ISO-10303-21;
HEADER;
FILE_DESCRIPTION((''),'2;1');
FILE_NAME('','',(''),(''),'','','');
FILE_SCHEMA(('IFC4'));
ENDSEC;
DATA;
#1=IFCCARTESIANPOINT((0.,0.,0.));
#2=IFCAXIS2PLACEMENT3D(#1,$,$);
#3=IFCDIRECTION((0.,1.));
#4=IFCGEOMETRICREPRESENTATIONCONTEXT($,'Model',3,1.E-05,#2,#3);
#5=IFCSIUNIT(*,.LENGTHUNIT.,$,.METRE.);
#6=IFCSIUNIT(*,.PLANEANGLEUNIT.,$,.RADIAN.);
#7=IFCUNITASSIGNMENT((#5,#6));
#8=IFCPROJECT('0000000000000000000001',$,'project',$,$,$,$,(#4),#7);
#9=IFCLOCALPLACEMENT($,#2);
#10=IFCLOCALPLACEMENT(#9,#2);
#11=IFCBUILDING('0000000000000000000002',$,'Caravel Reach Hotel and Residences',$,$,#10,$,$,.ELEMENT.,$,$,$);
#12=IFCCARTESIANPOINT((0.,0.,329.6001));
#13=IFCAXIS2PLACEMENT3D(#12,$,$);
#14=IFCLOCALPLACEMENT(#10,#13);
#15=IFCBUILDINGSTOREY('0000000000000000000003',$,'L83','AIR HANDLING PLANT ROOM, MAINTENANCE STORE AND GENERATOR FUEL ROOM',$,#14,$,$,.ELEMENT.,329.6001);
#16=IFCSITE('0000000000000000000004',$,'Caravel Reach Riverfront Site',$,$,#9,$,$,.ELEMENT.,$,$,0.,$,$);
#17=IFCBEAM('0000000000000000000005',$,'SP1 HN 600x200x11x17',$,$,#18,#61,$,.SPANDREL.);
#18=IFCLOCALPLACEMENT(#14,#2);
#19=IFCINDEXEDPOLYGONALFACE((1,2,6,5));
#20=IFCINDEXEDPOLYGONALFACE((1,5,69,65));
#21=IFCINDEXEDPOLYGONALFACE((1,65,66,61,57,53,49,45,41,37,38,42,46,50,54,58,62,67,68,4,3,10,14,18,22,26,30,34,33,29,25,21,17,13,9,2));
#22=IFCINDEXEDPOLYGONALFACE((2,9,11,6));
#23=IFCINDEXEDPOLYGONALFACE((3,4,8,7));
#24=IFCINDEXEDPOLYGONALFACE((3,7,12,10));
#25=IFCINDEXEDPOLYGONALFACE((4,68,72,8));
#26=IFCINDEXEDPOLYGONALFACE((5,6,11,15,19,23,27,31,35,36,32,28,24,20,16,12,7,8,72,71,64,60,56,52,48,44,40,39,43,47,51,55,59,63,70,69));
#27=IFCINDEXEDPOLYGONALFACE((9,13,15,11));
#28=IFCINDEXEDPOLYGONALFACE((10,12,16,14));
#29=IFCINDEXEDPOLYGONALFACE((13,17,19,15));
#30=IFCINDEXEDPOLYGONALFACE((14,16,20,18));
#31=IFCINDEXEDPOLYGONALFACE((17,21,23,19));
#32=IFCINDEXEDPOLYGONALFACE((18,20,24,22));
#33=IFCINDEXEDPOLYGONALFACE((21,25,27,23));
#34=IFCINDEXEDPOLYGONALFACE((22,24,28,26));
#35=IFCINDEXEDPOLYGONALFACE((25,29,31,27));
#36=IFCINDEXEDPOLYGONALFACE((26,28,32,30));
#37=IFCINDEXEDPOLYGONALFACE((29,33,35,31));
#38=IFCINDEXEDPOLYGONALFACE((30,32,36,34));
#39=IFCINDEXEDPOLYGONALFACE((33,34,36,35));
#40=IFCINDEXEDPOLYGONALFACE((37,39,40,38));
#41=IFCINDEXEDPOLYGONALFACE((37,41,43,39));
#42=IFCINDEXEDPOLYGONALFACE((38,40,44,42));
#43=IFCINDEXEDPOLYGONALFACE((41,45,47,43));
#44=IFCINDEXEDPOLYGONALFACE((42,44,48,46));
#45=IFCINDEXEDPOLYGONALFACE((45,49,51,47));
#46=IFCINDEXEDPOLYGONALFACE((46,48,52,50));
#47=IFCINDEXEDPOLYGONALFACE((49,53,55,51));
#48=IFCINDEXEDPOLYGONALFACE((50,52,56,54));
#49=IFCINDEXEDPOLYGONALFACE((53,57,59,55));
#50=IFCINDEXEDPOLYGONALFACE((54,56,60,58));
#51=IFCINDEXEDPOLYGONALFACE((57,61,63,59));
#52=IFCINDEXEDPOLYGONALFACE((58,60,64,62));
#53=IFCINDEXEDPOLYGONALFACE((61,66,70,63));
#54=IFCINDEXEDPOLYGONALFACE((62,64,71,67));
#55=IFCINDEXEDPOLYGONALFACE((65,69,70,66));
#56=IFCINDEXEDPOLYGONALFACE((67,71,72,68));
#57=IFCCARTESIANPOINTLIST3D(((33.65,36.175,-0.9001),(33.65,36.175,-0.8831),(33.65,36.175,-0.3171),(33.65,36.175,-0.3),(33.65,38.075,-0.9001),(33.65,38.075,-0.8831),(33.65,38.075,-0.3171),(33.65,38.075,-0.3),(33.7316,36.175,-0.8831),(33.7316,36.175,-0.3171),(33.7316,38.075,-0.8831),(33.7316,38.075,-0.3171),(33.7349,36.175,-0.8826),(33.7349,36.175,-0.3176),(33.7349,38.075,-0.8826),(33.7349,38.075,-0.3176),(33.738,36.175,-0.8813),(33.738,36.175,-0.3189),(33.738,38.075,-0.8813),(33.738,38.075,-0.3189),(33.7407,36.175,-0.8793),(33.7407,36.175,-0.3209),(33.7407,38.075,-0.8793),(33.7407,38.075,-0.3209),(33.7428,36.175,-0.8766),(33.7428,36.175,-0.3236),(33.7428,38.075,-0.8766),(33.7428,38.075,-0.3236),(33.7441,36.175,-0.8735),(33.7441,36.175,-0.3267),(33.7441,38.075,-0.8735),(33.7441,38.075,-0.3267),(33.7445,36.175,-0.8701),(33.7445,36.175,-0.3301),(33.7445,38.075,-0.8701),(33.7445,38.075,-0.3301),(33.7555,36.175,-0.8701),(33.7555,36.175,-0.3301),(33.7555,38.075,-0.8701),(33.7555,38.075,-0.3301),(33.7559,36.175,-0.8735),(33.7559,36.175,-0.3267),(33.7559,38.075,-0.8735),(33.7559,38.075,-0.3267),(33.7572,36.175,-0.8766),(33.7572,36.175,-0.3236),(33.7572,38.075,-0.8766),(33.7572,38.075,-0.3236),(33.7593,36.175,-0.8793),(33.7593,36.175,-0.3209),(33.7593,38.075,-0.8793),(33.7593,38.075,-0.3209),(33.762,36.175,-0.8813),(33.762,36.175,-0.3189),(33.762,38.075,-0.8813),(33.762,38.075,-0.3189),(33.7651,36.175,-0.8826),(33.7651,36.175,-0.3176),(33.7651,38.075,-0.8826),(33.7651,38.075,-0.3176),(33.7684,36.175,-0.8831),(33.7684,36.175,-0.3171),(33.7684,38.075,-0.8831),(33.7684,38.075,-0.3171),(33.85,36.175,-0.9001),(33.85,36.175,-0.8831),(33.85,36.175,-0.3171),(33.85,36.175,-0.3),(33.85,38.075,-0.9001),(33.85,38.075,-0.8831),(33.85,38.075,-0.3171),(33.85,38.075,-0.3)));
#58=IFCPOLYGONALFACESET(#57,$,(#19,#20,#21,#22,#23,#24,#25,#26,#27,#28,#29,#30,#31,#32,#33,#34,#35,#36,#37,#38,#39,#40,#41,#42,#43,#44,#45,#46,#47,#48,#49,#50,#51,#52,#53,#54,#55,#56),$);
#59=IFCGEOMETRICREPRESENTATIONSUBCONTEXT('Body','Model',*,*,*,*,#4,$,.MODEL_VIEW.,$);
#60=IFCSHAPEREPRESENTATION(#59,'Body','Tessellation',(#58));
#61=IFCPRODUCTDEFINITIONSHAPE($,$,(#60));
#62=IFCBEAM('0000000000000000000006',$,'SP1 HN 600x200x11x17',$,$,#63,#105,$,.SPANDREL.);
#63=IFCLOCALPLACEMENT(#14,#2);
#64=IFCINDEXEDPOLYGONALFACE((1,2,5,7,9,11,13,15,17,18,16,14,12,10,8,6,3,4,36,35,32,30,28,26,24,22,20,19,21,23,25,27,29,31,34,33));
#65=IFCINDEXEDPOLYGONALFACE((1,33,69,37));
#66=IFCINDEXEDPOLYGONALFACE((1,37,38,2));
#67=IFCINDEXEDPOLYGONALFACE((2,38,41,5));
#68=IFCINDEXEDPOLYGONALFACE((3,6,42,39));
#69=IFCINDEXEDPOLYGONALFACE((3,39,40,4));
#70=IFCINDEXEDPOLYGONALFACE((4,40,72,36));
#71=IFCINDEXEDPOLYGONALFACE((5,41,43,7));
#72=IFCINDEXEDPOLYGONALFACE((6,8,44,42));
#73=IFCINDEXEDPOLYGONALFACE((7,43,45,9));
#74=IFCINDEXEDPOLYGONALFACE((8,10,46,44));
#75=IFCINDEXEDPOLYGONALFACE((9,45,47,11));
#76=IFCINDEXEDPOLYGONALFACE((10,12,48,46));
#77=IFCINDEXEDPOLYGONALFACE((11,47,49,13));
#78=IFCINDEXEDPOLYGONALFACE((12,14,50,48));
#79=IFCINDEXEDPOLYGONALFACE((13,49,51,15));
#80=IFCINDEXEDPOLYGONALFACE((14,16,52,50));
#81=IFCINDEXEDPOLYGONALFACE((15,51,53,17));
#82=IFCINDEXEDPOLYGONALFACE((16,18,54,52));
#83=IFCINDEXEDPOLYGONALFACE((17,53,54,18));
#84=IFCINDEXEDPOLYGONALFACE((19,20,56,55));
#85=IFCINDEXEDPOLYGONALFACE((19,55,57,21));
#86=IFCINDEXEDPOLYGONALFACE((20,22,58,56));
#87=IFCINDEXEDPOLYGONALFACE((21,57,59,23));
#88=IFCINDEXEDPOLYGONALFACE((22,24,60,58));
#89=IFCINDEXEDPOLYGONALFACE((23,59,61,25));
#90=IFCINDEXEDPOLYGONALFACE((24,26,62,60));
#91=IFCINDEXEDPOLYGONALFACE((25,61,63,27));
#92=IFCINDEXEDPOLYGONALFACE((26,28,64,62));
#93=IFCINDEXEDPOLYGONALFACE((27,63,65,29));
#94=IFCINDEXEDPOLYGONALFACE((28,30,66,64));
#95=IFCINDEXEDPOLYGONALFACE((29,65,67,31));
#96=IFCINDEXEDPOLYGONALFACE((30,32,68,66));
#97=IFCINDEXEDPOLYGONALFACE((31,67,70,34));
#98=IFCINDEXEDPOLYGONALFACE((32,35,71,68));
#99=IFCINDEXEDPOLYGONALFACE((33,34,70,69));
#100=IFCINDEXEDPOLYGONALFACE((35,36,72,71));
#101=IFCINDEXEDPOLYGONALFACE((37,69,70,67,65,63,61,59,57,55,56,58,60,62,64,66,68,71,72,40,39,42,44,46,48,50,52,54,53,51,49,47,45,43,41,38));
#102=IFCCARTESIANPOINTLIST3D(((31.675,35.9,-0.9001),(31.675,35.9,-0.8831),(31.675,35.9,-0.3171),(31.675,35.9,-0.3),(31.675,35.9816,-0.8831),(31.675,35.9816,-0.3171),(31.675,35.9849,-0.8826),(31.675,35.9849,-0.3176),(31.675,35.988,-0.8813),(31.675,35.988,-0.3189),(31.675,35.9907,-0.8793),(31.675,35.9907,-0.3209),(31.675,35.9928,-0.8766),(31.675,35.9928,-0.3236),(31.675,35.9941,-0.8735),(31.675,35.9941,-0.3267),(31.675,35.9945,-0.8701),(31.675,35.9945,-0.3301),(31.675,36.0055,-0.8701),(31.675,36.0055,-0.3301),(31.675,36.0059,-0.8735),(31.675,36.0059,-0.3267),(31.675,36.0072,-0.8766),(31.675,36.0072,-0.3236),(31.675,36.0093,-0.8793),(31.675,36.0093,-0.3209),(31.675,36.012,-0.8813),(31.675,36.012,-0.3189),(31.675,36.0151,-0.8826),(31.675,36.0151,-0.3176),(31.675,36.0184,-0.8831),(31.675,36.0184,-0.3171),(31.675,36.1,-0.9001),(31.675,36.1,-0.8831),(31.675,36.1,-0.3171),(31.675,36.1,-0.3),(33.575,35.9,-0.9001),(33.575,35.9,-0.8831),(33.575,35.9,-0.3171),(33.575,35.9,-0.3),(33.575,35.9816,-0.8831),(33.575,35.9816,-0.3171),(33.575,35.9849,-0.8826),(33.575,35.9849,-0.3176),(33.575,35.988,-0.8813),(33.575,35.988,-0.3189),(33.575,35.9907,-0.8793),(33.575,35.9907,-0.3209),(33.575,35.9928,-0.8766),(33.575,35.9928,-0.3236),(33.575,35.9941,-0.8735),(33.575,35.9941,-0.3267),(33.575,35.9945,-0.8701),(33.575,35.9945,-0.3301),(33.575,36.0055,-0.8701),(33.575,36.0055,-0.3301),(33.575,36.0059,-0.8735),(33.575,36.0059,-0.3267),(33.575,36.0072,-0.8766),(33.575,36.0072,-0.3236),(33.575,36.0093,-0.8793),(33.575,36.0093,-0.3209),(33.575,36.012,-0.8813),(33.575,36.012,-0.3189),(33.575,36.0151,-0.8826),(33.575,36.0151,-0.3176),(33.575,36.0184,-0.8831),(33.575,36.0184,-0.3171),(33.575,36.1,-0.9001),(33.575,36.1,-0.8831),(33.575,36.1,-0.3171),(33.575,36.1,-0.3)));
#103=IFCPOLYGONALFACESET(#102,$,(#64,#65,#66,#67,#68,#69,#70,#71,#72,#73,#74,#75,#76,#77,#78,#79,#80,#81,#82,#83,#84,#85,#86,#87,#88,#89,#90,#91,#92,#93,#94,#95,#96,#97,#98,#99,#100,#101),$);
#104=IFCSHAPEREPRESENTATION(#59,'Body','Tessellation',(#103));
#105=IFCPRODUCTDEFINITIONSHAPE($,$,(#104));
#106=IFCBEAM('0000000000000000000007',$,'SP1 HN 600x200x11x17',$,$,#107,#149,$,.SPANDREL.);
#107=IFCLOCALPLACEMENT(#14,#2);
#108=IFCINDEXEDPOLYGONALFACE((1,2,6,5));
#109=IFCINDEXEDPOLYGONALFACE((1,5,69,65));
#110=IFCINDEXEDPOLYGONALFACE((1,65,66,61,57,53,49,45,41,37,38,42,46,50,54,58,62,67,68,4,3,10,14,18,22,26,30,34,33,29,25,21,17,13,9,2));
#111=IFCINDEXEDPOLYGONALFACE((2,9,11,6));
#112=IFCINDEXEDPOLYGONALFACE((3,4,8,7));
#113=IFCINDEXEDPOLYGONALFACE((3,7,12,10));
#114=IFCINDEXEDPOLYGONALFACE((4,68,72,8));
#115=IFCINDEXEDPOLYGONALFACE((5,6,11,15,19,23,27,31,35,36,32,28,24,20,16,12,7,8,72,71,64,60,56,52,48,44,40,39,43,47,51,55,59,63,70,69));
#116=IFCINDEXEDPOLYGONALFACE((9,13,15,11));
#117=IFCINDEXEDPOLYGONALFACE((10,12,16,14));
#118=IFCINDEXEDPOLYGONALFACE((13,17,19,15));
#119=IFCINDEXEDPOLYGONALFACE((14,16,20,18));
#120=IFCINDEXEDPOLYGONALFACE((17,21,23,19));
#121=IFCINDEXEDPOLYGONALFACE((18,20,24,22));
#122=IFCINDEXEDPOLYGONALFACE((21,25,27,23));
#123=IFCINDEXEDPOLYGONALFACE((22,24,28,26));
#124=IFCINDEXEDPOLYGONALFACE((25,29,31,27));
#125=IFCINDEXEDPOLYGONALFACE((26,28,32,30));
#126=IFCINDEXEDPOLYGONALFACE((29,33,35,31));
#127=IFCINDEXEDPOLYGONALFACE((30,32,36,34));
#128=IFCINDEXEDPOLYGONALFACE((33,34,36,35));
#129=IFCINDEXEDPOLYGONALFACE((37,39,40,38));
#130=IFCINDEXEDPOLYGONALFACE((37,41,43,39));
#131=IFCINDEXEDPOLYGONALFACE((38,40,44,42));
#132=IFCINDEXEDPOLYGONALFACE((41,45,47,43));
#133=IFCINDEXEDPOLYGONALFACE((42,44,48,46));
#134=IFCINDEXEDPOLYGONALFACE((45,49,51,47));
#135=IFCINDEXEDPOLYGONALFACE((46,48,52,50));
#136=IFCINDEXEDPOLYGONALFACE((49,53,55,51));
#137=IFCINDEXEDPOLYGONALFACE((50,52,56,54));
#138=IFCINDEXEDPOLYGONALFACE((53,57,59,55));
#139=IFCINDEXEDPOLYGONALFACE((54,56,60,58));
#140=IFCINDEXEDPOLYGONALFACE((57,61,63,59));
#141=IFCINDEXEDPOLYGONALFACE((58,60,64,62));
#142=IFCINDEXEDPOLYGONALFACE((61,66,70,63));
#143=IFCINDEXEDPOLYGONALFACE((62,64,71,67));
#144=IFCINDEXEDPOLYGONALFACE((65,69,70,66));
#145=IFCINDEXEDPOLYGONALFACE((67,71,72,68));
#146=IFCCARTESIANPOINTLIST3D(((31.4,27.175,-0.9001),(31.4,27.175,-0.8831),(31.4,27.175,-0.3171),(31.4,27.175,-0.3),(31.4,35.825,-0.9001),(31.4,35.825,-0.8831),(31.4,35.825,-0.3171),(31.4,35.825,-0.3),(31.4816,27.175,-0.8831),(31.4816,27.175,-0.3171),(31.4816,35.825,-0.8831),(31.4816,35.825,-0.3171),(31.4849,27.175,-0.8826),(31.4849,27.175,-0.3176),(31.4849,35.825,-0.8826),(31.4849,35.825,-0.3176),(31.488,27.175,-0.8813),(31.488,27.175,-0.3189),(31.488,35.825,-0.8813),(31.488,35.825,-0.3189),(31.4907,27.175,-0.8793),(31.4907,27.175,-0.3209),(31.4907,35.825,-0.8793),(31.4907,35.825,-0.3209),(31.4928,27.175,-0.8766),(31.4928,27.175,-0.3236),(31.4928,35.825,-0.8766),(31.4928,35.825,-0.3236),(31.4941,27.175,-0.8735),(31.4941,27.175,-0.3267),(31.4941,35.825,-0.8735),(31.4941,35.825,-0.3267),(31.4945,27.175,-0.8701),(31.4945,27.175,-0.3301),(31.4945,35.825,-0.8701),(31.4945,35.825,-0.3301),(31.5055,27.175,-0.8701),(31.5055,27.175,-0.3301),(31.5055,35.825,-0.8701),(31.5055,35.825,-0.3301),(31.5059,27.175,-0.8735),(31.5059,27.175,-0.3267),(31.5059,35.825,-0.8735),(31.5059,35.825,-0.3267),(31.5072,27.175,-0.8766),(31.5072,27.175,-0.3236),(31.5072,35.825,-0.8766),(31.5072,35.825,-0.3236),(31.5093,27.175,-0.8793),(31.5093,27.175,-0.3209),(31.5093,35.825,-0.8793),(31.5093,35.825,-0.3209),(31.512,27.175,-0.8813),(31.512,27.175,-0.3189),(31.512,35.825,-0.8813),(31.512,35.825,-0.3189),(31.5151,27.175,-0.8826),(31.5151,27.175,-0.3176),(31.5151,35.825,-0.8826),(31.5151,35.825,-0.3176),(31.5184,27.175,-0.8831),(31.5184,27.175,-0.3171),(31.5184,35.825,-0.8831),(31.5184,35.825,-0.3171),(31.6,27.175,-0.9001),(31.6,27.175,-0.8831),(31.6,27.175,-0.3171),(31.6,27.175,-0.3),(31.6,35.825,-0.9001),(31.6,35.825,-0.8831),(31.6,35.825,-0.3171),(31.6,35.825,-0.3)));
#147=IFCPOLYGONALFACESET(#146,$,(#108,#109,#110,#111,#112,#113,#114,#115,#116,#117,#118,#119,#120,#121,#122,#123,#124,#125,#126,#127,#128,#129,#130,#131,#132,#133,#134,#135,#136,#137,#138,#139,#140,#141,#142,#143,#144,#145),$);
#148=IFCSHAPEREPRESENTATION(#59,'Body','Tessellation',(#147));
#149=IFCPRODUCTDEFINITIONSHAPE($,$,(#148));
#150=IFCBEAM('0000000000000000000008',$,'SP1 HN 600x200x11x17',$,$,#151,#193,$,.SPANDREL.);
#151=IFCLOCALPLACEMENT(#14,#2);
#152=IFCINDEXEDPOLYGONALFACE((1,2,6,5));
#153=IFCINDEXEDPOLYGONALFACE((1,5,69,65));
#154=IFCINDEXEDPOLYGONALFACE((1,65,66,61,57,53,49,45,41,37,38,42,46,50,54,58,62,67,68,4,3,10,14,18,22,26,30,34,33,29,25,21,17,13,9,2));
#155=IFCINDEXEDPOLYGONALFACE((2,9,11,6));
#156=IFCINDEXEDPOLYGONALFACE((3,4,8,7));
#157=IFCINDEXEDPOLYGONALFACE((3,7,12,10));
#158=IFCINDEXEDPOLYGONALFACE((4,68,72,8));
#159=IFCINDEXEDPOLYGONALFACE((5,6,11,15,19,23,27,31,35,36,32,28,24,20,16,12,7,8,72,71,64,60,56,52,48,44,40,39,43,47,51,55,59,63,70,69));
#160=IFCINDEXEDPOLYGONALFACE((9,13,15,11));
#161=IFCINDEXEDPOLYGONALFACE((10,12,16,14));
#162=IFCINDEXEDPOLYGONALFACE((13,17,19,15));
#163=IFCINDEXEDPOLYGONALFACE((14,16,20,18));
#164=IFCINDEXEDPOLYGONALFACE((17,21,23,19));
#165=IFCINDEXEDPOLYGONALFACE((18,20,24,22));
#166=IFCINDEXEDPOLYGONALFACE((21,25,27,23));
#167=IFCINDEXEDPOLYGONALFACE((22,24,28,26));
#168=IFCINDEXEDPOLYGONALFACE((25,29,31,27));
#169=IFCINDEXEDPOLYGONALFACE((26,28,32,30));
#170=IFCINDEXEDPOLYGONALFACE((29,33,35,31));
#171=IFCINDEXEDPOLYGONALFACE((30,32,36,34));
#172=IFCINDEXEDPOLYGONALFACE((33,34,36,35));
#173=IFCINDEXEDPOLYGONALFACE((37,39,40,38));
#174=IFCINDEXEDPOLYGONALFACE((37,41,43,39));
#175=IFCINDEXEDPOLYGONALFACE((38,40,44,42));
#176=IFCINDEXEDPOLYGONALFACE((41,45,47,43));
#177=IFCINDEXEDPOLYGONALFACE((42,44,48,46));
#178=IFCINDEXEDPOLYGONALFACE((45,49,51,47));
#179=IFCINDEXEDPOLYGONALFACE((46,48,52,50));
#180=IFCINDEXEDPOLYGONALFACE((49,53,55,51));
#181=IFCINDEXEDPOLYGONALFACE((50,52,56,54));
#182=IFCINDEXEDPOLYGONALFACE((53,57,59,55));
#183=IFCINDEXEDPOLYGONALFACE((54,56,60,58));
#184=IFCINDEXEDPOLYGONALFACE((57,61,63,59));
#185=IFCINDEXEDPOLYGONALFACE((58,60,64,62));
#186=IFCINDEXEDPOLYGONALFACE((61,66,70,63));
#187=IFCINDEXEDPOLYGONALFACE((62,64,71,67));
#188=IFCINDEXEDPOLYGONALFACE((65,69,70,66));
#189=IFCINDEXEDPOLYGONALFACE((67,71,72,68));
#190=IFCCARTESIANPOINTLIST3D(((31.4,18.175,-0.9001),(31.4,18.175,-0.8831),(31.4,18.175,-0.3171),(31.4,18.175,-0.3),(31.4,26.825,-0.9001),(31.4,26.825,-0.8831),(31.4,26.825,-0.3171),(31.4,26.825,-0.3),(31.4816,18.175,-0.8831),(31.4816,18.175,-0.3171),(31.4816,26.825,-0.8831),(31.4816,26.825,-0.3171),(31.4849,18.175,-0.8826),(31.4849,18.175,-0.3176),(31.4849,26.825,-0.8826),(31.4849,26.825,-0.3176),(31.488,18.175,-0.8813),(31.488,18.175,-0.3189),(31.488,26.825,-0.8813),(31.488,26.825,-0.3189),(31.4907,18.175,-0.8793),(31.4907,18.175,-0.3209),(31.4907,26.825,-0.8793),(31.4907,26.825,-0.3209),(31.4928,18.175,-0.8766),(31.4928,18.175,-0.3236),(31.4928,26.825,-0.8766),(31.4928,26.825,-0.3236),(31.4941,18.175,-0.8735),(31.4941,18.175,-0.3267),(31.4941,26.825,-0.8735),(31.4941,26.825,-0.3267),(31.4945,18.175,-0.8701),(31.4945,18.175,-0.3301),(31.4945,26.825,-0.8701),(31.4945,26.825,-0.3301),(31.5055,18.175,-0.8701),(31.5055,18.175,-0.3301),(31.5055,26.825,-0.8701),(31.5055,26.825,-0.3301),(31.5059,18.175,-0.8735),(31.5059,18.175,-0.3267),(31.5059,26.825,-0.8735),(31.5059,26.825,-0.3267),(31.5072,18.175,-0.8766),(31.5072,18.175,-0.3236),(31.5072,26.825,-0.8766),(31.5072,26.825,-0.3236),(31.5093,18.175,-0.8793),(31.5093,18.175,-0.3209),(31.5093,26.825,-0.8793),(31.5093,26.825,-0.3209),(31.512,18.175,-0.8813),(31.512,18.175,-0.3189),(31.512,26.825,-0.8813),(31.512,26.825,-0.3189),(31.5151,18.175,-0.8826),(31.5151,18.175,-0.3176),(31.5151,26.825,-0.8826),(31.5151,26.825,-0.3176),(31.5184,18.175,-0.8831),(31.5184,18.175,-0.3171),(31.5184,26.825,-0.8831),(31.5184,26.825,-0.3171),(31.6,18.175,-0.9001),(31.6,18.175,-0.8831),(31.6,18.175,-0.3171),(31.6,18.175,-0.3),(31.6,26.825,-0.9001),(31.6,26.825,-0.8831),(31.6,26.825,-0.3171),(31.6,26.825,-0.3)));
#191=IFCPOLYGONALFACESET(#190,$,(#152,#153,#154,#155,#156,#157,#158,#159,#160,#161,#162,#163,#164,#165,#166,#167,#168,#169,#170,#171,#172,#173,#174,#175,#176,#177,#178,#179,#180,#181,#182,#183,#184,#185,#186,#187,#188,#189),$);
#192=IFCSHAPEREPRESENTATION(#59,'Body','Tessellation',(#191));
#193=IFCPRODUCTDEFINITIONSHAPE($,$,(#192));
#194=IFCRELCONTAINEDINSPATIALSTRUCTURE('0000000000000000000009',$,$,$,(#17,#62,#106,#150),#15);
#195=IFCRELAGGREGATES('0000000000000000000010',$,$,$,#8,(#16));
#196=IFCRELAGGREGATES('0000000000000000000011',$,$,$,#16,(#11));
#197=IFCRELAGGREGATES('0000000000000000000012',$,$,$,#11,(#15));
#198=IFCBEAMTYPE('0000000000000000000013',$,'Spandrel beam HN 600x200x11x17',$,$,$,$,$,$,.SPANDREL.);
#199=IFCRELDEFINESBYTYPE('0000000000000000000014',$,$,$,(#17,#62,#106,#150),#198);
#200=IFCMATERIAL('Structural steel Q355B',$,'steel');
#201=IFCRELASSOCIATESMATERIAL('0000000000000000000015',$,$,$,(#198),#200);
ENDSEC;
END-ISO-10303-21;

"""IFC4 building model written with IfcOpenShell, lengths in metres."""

from ifc_helpers import new_model, si_unit, direction, frame, origin, origin_2d, place, context, subcontext, project, spatial, i_section, extrude, material, material_profile, profile_set, type_object, element, save


model = new_model("IFC4")

# Units and contexts
model_context = context("Model", 3, precision=1e-05, world=origin(), true_north=direction((0.0, 1.0)))
body_context = subcontext(model_context, "Body", "Model", "MODEL_VIEW")
ifc_project = project(units=[si_unit("LENGTHUNIT", "METRE"), si_unit("PLANEANGLEUNIT", "RADIAN")], contexts=[model_context])

# Site, building, storey
site_placement = place(None, origin())
site = spatial("IfcSite", under=ifc_project, at=site_placement, Name="Caravel Reach Riverfront Site", CompositionType="ELEMENT", RefElevation=0.0)
building_placement = place(site_placement, origin())
building = spatial("IfcBuilding", under=site, at=building_placement, Name="Caravel Reach Hotel and Residences", CompositionType="ELEMENT")
storey_placement = place(building_placement, frame((0.0, 0.0, 329.6001)))
storey = spatial("IfcBuildingStorey", under=building, at=storey_placement, Name="L83", Description="AIR HANDLING PLANT ROOM, MAINTENANCE STORE AND GENERATOR FUEL ROOM", CompositionType="ELEMENT", Elevation=329.6001)

# Beams
ifc_material_1 = material(Name="Structural steel Q355B", Category="steel")
ifc_material_profile_1 = material_profile(ifc_material_1, i_section(OverallWidth=0.2, OverallDepth=0.6001, WebThickness=0.011, FlangeThickness=0.0171, FilletRadius=0.0129, at=origin_2d()), Name="HN 600x200x11x17")
ifc_profile_set_1 = profile_set([ifc_material_profile_1], Name="Structural steel Q355B")
beam_type_1 = type_object("IfcBeamType", Name="Spandrel beam HN 600x200x11x17", PredefinedType="SPANDREL", material=ifc_profile_set_1)
for number, where, z_axis, x_axis, name in (
    (1, (33.75, 38.075, -0.6001), (0.0, -1.0, 0.0), (1.0, 0.0, 0.0), "SP1 HN 600x200x11x17"),
    (2, (33.575, 36.0, -0.6001), (-1.0, 0.0, 0.0), (0.0, -1.0, 0.0), "SP1 HN 600x200x11x17"),
):
    element("IfcBeam", number, at=place(storey_placement, frame(where, z_axis=z_axis, x_axis=x_axis)), inside=storey, type_object=beam_type_1, Name=name, PredefinedType="SPANDREL", context=body_context, shape_type="SweptSolid", body=[
        extrude(i_section(OverallWidth=0.2, OverallDepth=0.6001, WebThickness=0.011, FlangeThickness=0.0171, FilletRadius=0.0129, at=origin_2d()), origin(), (0.0, 0.0, 1.0), 1.8999),
    ])
for number, where, z_axis, x_axis, name in (
    (3, (31.5, 35.825, -0.6001), (0.0, -1.0, 0.0), (1.0, 0.0, 0.0), "SP1 HN 600x200x11x17"),
    (4, (31.5, 26.825, -0.6001), (0.0, -1.0, 0.0), (1.0, 0.0, 0.0), "SP1 HN 600x200x11x17"),
):
    element("IfcBeam", number, at=place(storey_placement, frame(where, z_axis=z_axis, x_axis=x_axis)), inside=storey, type_object=beam_type_1, Name=name, PredefinedType="SPANDREL", context=body_context, shape_type="SweptSolid", body=[
        extrude(i_section(OverallWidth=0.2, OverallDepth=0.6001, WebThickness=0.011, FlangeThickness=0.0171, FilletRadius=0.0129, at=origin_2d()), origin(), (0.0, 0.0, 1.0), 8.6499),
    ])

save(model, "model.ifc")
